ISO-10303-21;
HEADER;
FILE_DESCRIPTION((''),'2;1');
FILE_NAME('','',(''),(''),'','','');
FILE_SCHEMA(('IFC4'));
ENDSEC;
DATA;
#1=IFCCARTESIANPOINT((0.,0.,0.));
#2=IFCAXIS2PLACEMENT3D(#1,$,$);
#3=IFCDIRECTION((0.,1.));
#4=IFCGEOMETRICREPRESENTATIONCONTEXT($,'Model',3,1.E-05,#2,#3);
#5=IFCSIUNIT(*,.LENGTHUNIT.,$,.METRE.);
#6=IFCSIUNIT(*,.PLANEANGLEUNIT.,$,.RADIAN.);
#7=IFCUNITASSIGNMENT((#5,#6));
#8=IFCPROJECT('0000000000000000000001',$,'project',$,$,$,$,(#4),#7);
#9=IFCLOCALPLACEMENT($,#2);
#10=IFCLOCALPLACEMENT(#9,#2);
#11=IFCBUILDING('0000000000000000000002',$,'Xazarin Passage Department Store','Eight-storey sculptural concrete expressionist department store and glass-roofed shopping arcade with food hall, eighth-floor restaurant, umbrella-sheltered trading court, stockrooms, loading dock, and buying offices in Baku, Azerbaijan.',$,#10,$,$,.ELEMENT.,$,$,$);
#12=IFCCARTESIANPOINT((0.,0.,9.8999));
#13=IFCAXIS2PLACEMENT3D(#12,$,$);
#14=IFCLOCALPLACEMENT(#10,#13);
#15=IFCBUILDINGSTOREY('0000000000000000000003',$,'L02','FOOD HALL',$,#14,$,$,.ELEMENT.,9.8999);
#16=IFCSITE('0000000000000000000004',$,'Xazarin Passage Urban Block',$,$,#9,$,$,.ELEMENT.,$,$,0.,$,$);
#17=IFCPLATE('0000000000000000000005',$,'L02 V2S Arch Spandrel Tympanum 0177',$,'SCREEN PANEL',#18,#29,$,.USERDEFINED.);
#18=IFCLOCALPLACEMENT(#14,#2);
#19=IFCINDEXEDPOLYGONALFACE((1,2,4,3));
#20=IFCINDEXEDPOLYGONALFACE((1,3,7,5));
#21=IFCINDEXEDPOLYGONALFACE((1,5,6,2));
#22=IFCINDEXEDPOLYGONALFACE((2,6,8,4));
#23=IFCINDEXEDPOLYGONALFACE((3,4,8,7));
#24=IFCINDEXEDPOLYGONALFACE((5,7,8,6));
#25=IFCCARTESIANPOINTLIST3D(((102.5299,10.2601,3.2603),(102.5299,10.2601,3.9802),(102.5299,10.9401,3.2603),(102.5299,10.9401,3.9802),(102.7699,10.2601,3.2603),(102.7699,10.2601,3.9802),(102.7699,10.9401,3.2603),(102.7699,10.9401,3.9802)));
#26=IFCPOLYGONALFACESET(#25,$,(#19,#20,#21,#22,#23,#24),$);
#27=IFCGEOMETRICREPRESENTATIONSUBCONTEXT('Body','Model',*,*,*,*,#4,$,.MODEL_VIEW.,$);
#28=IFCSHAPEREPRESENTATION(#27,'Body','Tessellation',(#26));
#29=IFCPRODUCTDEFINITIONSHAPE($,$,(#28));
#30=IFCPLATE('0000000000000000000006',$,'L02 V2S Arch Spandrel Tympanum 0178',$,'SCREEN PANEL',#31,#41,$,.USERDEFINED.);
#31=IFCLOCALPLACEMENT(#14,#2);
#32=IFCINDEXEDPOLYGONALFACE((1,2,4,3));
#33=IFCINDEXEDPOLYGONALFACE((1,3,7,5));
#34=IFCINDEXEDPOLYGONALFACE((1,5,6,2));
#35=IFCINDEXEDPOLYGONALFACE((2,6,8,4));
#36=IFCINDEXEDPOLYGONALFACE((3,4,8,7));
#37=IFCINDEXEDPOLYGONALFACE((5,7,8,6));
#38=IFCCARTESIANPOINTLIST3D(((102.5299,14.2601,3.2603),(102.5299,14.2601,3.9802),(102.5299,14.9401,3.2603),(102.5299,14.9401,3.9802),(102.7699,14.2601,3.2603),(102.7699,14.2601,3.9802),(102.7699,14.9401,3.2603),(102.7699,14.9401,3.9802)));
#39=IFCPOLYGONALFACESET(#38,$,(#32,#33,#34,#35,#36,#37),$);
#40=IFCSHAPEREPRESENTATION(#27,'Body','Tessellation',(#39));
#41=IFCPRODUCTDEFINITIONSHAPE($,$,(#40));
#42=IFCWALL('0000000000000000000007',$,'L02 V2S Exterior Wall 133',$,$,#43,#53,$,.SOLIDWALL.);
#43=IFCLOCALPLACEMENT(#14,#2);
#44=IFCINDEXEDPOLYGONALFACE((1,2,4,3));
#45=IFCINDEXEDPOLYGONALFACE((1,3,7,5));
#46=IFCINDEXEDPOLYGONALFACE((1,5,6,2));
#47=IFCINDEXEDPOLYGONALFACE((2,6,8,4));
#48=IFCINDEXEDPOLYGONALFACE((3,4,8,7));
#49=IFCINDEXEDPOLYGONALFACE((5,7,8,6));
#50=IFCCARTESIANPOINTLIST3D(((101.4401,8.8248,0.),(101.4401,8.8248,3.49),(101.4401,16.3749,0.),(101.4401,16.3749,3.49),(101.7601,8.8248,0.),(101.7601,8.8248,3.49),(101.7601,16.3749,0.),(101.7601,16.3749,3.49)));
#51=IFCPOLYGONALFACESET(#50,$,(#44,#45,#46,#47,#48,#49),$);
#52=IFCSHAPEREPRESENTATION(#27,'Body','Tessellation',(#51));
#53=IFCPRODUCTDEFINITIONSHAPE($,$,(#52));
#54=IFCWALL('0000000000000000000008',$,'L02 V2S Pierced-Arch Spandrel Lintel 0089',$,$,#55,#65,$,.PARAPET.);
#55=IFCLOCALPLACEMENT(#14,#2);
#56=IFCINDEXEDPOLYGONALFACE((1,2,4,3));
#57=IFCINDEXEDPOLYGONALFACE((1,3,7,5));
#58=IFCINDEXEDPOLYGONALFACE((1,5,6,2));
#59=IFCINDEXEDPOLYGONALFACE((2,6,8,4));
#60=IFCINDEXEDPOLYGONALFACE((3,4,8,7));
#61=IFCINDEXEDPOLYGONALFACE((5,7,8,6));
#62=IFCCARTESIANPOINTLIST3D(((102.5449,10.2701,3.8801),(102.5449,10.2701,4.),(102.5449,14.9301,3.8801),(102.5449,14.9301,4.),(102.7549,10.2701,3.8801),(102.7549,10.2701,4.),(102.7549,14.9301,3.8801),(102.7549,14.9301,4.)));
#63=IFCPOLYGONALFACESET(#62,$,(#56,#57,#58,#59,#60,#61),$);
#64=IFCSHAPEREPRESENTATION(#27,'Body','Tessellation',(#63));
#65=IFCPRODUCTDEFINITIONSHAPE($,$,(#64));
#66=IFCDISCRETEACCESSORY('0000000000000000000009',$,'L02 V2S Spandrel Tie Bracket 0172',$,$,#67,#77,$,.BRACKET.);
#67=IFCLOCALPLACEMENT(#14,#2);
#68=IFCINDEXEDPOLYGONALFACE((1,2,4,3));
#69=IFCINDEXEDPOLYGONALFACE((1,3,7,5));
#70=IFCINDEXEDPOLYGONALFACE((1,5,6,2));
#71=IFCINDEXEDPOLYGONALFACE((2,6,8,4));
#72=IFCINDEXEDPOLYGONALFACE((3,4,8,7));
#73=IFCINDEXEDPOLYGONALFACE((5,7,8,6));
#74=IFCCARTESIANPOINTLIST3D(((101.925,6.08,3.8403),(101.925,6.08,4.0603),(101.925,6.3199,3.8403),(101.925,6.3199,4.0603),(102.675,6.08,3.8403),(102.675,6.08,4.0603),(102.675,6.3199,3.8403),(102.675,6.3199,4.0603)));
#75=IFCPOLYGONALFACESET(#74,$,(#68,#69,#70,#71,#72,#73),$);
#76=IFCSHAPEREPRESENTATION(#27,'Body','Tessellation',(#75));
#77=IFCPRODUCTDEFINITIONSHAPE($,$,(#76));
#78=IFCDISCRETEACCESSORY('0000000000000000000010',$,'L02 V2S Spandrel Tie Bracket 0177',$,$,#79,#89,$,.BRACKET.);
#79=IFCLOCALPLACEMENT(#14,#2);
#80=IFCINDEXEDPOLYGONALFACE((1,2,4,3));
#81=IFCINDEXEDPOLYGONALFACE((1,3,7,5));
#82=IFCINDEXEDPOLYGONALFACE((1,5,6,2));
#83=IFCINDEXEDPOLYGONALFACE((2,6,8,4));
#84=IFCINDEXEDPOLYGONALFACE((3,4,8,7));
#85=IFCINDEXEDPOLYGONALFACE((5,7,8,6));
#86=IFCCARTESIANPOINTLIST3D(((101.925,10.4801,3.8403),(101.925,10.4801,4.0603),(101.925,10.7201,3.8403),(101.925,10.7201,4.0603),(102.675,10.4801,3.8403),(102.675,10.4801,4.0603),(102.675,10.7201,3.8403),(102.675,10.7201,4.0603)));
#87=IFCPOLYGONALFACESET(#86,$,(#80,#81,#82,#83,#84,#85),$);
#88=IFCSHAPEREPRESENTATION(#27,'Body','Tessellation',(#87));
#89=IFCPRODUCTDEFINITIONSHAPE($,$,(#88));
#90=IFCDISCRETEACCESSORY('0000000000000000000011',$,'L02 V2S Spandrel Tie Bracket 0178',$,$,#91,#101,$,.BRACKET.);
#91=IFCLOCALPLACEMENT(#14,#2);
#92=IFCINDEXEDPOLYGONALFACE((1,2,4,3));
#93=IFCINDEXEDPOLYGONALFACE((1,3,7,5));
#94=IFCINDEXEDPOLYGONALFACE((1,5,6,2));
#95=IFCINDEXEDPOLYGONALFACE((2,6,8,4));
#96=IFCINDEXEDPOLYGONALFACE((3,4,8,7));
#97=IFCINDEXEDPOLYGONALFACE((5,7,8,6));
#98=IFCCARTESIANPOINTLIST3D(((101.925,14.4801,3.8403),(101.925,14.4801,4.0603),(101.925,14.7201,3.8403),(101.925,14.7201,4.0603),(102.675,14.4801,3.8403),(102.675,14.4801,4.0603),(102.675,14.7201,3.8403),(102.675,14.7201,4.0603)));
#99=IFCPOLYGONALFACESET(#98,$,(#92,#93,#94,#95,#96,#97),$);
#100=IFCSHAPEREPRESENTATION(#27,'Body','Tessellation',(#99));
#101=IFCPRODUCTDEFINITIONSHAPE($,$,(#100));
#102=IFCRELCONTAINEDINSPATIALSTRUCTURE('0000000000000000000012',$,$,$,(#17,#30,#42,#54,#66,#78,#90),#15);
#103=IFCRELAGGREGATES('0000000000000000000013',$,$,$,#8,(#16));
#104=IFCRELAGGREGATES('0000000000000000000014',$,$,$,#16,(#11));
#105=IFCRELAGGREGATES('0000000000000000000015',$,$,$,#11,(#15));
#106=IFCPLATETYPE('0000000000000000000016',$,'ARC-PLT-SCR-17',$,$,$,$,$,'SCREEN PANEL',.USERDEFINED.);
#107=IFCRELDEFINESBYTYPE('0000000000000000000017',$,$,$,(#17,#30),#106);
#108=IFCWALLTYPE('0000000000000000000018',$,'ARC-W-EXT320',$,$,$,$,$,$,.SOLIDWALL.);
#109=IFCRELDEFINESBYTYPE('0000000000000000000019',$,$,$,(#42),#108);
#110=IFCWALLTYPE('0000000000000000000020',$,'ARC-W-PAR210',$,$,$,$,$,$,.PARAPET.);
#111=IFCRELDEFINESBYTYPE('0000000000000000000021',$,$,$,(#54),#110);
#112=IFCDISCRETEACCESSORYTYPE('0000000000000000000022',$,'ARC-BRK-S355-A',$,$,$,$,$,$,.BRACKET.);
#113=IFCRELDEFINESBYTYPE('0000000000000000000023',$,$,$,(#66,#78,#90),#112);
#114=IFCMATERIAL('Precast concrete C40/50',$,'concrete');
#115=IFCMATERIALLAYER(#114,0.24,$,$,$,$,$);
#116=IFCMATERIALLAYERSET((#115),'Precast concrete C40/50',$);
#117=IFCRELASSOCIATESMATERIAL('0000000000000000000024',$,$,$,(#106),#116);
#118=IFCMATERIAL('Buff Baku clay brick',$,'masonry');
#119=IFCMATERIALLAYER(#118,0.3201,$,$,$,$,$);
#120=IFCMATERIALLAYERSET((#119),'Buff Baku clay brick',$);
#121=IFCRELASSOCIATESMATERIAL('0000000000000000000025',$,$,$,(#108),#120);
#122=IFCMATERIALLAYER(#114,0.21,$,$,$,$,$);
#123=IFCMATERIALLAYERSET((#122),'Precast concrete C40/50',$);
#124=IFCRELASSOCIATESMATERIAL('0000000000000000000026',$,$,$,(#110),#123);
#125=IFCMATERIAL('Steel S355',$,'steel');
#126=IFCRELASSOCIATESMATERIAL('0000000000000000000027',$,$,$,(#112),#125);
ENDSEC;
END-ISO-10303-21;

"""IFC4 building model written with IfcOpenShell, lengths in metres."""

from ifc_helpers import new_model, si_unit, direction, frame, frame_2d, origin, origin_2d, place, context, subcontext, project, spatial, rectangle, extrude, material, layer, layer_set, type_object, element, save


model = new_model("IFC4")

# Units and contexts
model_context = context("Model", 3, precision=1e-05, world=origin(), true_north=direction((0.0, 1.0)))
body_context = subcontext(model_context, "Body", "Model", "MODEL_VIEW")
ifc_project = project(units=[si_unit("LENGTHUNIT", "METRE"), si_unit("PLANEANGLEUNIT", "RADIAN")], contexts=[model_context])

# Site, building, storey
site_placement = place(None, origin())
site = spatial("IfcSite", under=ifc_project, at=site_placement, Name="Xazarin Passage Urban Block", CompositionType="ELEMENT", RefElevation=0.0)
building_placement = place(site_placement, origin())
building = spatial("IfcBuilding", under=site, at=building_placement, Name="Xazarin Passage Department Store", Description="Eight-storey sculptural concrete expressionist department store and glass-roofed shopping arcade with food hall, eighth-floor restaurant, umbrella-sheltered trading court, stockrooms, loading dock, and buying offices in Baku, Azerbaijan.", CompositionType="ELEMENT")
storey_placement = place(building_placement, frame((0.0, 0.0, 9.8999)))
storey = spatial("IfcBuildingStorey", under=building, at=storey_placement, Name="L02", Description="FOOD HALL", CompositionType="ELEMENT", Elevation=9.8999)

# Plates
ifc_material_1 = material(Name="Precast concrete C40/50", Category="concrete")
ifc_layer_1 = layer(ifc_material_1, 0.24)
ifc_layer_set_1 = layer_set([ifc_layer_1], Name="Precast concrete C40/50")
plate_type_1 = type_object("IfcPlateType", Name="ARC-PLT-SCR-17", ElementType="SCREEN PANEL", PredefinedType="USERDEFINED", material=ifc_layer_set_1)
for number, where, z_axis, x_axis, name in (
    (1, (102.6499, 10.6001, 3.2603), (0.0, 0.0, 1.0), (0.0, 1.0, 0.0), "L02 V2S Arch Spandrel Tympanum 0177"),
    (2, (102.6499, 14.6001, 3.2603), (0.0, 0.0, 1.0), (0.0, 1.0, 0.0), "L02 V2S Arch Spandrel Tympanum 0178"),
):
    element("IfcPlate", number, at=place(storey_placement, frame(where, z_axis=z_axis, x_axis=x_axis)), inside=storey, type_object=plate_type_1, Name=name, ObjectType="SCREEN PANEL", PredefinedType="USERDEFINED", context=body_context, shape_type="SweptSolid", body=[
        extrude(rectangle(XDim=0.6799, YDim=0.24, at=origin_2d()), origin(), (0.0, 0.0, 1.0), 0.72),
    ])

# Walls
ifc_material_2 = material(Name="Buff Baku clay brick", Category="masonry")
ifc_layer_2 = layer(ifc_material_2, 0.3201)
ifc_layer_set_2 = layer_set([ifc_layer_2], Name="Buff Baku clay brick")
wall_type_1 = type_object("IfcWallType", Name="ARC-W-EXT320", PredefinedType="SOLIDWALL", material=ifc_layer_set_2)
wall_1_placement = place(storey_placement, frame((101.6001, 8.825, 0.0), z_axis=(0.0, 0.0, 1.0), x_axis=(0.0, 1.0, 0.0)))
element("IfcWall", 3, at=wall_1_placement, inside=storey, type_object=wall_type_1, Name="L02 V2S Exterior Wall 133", PredefinedType="SOLIDWALL", context=body_context, shape_type="SweptSolid", body=[
    extrude(rectangle(XDim=7.55, YDim=0.3201, at=frame_2d((3.7749, 0.0))), origin(), (0.0, 0.0, 1.0), 3.49),
])
ifc_layer_3 = layer(ifc_material_1, 0.21)
ifc_layer_set_3 = layer_set([ifc_layer_3], Name="Precast concrete C40/50")
wall_type_2 = type_object("IfcWallType", Name="ARC-W-PAR210", PredefinedType="PARAPET", material=ifc_layer_set_3)
wall_2_placement = place(storey_placement, frame((102.6499, 10.27, 3.8801), z_axis=(0.0, 0.0, 1.0), x_axis=(0.0, 1.0, 0.0)))
element("IfcWall", 4, at=wall_2_placement, inside=storey, type_object=wall_type_2, Name="L02 V2S Pierced-Arch Spandrel Lintel 0089", PredefinedType="PARAPET", context=body_context, shape_type="SweptSolid", body=[
    extrude(rectangle(XDim=4.6599, YDim=0.21, at=frame_2d((2.3301, 0.0))), origin(), (0.0, 0.0, 1.0), 0.1199),
])

# Discrete accessories
ifc_material_3 = material(Name="Steel S355", Category="steel")
discrete_accessory_type = type_object("IfcDiscreteAccessoryType", Name="ARC-BRK-S355-A", PredefinedType="BRACKET", material=ifc_material_3)
for number, where, z_axis, x_axis, name in (
    (5, (102.3, 6.2, 3.8403), (0.0, 0.0, 1.0), (0.0, 1.0, 0.0), "L02 V2S Spandrel Tie Bracket 0172"),
    (6, (102.3, 10.6001, 3.8403), (0.0, 0.0, 1.0), (0.0, 1.0, 0.0), "L02 V2S Spandrel Tie Bracket 0177"),
    (7, (102.3, 14.6001, 3.8403), (0.0, 0.0, 1.0), (0.0, 1.0, 0.0), "L02 V2S Spandrel Tie Bracket 0178"),
):
    element("IfcDiscreteAccessory", number, at=place(storey_placement, frame(where, z_axis=z_axis, x_axis=x_axis)), inside=storey, type_object=discrete_accessory_type, Name=name, PredefinedType="BRACKET", context=body_context, shape_type="SweptSolid", body=[
        extrude(rectangle(XDim=0.24, YDim=0.75, at=origin_2d()), origin(), (0.0, 0.0, 1.0), 0.22),
    ])

save(model, "model.ifc")
